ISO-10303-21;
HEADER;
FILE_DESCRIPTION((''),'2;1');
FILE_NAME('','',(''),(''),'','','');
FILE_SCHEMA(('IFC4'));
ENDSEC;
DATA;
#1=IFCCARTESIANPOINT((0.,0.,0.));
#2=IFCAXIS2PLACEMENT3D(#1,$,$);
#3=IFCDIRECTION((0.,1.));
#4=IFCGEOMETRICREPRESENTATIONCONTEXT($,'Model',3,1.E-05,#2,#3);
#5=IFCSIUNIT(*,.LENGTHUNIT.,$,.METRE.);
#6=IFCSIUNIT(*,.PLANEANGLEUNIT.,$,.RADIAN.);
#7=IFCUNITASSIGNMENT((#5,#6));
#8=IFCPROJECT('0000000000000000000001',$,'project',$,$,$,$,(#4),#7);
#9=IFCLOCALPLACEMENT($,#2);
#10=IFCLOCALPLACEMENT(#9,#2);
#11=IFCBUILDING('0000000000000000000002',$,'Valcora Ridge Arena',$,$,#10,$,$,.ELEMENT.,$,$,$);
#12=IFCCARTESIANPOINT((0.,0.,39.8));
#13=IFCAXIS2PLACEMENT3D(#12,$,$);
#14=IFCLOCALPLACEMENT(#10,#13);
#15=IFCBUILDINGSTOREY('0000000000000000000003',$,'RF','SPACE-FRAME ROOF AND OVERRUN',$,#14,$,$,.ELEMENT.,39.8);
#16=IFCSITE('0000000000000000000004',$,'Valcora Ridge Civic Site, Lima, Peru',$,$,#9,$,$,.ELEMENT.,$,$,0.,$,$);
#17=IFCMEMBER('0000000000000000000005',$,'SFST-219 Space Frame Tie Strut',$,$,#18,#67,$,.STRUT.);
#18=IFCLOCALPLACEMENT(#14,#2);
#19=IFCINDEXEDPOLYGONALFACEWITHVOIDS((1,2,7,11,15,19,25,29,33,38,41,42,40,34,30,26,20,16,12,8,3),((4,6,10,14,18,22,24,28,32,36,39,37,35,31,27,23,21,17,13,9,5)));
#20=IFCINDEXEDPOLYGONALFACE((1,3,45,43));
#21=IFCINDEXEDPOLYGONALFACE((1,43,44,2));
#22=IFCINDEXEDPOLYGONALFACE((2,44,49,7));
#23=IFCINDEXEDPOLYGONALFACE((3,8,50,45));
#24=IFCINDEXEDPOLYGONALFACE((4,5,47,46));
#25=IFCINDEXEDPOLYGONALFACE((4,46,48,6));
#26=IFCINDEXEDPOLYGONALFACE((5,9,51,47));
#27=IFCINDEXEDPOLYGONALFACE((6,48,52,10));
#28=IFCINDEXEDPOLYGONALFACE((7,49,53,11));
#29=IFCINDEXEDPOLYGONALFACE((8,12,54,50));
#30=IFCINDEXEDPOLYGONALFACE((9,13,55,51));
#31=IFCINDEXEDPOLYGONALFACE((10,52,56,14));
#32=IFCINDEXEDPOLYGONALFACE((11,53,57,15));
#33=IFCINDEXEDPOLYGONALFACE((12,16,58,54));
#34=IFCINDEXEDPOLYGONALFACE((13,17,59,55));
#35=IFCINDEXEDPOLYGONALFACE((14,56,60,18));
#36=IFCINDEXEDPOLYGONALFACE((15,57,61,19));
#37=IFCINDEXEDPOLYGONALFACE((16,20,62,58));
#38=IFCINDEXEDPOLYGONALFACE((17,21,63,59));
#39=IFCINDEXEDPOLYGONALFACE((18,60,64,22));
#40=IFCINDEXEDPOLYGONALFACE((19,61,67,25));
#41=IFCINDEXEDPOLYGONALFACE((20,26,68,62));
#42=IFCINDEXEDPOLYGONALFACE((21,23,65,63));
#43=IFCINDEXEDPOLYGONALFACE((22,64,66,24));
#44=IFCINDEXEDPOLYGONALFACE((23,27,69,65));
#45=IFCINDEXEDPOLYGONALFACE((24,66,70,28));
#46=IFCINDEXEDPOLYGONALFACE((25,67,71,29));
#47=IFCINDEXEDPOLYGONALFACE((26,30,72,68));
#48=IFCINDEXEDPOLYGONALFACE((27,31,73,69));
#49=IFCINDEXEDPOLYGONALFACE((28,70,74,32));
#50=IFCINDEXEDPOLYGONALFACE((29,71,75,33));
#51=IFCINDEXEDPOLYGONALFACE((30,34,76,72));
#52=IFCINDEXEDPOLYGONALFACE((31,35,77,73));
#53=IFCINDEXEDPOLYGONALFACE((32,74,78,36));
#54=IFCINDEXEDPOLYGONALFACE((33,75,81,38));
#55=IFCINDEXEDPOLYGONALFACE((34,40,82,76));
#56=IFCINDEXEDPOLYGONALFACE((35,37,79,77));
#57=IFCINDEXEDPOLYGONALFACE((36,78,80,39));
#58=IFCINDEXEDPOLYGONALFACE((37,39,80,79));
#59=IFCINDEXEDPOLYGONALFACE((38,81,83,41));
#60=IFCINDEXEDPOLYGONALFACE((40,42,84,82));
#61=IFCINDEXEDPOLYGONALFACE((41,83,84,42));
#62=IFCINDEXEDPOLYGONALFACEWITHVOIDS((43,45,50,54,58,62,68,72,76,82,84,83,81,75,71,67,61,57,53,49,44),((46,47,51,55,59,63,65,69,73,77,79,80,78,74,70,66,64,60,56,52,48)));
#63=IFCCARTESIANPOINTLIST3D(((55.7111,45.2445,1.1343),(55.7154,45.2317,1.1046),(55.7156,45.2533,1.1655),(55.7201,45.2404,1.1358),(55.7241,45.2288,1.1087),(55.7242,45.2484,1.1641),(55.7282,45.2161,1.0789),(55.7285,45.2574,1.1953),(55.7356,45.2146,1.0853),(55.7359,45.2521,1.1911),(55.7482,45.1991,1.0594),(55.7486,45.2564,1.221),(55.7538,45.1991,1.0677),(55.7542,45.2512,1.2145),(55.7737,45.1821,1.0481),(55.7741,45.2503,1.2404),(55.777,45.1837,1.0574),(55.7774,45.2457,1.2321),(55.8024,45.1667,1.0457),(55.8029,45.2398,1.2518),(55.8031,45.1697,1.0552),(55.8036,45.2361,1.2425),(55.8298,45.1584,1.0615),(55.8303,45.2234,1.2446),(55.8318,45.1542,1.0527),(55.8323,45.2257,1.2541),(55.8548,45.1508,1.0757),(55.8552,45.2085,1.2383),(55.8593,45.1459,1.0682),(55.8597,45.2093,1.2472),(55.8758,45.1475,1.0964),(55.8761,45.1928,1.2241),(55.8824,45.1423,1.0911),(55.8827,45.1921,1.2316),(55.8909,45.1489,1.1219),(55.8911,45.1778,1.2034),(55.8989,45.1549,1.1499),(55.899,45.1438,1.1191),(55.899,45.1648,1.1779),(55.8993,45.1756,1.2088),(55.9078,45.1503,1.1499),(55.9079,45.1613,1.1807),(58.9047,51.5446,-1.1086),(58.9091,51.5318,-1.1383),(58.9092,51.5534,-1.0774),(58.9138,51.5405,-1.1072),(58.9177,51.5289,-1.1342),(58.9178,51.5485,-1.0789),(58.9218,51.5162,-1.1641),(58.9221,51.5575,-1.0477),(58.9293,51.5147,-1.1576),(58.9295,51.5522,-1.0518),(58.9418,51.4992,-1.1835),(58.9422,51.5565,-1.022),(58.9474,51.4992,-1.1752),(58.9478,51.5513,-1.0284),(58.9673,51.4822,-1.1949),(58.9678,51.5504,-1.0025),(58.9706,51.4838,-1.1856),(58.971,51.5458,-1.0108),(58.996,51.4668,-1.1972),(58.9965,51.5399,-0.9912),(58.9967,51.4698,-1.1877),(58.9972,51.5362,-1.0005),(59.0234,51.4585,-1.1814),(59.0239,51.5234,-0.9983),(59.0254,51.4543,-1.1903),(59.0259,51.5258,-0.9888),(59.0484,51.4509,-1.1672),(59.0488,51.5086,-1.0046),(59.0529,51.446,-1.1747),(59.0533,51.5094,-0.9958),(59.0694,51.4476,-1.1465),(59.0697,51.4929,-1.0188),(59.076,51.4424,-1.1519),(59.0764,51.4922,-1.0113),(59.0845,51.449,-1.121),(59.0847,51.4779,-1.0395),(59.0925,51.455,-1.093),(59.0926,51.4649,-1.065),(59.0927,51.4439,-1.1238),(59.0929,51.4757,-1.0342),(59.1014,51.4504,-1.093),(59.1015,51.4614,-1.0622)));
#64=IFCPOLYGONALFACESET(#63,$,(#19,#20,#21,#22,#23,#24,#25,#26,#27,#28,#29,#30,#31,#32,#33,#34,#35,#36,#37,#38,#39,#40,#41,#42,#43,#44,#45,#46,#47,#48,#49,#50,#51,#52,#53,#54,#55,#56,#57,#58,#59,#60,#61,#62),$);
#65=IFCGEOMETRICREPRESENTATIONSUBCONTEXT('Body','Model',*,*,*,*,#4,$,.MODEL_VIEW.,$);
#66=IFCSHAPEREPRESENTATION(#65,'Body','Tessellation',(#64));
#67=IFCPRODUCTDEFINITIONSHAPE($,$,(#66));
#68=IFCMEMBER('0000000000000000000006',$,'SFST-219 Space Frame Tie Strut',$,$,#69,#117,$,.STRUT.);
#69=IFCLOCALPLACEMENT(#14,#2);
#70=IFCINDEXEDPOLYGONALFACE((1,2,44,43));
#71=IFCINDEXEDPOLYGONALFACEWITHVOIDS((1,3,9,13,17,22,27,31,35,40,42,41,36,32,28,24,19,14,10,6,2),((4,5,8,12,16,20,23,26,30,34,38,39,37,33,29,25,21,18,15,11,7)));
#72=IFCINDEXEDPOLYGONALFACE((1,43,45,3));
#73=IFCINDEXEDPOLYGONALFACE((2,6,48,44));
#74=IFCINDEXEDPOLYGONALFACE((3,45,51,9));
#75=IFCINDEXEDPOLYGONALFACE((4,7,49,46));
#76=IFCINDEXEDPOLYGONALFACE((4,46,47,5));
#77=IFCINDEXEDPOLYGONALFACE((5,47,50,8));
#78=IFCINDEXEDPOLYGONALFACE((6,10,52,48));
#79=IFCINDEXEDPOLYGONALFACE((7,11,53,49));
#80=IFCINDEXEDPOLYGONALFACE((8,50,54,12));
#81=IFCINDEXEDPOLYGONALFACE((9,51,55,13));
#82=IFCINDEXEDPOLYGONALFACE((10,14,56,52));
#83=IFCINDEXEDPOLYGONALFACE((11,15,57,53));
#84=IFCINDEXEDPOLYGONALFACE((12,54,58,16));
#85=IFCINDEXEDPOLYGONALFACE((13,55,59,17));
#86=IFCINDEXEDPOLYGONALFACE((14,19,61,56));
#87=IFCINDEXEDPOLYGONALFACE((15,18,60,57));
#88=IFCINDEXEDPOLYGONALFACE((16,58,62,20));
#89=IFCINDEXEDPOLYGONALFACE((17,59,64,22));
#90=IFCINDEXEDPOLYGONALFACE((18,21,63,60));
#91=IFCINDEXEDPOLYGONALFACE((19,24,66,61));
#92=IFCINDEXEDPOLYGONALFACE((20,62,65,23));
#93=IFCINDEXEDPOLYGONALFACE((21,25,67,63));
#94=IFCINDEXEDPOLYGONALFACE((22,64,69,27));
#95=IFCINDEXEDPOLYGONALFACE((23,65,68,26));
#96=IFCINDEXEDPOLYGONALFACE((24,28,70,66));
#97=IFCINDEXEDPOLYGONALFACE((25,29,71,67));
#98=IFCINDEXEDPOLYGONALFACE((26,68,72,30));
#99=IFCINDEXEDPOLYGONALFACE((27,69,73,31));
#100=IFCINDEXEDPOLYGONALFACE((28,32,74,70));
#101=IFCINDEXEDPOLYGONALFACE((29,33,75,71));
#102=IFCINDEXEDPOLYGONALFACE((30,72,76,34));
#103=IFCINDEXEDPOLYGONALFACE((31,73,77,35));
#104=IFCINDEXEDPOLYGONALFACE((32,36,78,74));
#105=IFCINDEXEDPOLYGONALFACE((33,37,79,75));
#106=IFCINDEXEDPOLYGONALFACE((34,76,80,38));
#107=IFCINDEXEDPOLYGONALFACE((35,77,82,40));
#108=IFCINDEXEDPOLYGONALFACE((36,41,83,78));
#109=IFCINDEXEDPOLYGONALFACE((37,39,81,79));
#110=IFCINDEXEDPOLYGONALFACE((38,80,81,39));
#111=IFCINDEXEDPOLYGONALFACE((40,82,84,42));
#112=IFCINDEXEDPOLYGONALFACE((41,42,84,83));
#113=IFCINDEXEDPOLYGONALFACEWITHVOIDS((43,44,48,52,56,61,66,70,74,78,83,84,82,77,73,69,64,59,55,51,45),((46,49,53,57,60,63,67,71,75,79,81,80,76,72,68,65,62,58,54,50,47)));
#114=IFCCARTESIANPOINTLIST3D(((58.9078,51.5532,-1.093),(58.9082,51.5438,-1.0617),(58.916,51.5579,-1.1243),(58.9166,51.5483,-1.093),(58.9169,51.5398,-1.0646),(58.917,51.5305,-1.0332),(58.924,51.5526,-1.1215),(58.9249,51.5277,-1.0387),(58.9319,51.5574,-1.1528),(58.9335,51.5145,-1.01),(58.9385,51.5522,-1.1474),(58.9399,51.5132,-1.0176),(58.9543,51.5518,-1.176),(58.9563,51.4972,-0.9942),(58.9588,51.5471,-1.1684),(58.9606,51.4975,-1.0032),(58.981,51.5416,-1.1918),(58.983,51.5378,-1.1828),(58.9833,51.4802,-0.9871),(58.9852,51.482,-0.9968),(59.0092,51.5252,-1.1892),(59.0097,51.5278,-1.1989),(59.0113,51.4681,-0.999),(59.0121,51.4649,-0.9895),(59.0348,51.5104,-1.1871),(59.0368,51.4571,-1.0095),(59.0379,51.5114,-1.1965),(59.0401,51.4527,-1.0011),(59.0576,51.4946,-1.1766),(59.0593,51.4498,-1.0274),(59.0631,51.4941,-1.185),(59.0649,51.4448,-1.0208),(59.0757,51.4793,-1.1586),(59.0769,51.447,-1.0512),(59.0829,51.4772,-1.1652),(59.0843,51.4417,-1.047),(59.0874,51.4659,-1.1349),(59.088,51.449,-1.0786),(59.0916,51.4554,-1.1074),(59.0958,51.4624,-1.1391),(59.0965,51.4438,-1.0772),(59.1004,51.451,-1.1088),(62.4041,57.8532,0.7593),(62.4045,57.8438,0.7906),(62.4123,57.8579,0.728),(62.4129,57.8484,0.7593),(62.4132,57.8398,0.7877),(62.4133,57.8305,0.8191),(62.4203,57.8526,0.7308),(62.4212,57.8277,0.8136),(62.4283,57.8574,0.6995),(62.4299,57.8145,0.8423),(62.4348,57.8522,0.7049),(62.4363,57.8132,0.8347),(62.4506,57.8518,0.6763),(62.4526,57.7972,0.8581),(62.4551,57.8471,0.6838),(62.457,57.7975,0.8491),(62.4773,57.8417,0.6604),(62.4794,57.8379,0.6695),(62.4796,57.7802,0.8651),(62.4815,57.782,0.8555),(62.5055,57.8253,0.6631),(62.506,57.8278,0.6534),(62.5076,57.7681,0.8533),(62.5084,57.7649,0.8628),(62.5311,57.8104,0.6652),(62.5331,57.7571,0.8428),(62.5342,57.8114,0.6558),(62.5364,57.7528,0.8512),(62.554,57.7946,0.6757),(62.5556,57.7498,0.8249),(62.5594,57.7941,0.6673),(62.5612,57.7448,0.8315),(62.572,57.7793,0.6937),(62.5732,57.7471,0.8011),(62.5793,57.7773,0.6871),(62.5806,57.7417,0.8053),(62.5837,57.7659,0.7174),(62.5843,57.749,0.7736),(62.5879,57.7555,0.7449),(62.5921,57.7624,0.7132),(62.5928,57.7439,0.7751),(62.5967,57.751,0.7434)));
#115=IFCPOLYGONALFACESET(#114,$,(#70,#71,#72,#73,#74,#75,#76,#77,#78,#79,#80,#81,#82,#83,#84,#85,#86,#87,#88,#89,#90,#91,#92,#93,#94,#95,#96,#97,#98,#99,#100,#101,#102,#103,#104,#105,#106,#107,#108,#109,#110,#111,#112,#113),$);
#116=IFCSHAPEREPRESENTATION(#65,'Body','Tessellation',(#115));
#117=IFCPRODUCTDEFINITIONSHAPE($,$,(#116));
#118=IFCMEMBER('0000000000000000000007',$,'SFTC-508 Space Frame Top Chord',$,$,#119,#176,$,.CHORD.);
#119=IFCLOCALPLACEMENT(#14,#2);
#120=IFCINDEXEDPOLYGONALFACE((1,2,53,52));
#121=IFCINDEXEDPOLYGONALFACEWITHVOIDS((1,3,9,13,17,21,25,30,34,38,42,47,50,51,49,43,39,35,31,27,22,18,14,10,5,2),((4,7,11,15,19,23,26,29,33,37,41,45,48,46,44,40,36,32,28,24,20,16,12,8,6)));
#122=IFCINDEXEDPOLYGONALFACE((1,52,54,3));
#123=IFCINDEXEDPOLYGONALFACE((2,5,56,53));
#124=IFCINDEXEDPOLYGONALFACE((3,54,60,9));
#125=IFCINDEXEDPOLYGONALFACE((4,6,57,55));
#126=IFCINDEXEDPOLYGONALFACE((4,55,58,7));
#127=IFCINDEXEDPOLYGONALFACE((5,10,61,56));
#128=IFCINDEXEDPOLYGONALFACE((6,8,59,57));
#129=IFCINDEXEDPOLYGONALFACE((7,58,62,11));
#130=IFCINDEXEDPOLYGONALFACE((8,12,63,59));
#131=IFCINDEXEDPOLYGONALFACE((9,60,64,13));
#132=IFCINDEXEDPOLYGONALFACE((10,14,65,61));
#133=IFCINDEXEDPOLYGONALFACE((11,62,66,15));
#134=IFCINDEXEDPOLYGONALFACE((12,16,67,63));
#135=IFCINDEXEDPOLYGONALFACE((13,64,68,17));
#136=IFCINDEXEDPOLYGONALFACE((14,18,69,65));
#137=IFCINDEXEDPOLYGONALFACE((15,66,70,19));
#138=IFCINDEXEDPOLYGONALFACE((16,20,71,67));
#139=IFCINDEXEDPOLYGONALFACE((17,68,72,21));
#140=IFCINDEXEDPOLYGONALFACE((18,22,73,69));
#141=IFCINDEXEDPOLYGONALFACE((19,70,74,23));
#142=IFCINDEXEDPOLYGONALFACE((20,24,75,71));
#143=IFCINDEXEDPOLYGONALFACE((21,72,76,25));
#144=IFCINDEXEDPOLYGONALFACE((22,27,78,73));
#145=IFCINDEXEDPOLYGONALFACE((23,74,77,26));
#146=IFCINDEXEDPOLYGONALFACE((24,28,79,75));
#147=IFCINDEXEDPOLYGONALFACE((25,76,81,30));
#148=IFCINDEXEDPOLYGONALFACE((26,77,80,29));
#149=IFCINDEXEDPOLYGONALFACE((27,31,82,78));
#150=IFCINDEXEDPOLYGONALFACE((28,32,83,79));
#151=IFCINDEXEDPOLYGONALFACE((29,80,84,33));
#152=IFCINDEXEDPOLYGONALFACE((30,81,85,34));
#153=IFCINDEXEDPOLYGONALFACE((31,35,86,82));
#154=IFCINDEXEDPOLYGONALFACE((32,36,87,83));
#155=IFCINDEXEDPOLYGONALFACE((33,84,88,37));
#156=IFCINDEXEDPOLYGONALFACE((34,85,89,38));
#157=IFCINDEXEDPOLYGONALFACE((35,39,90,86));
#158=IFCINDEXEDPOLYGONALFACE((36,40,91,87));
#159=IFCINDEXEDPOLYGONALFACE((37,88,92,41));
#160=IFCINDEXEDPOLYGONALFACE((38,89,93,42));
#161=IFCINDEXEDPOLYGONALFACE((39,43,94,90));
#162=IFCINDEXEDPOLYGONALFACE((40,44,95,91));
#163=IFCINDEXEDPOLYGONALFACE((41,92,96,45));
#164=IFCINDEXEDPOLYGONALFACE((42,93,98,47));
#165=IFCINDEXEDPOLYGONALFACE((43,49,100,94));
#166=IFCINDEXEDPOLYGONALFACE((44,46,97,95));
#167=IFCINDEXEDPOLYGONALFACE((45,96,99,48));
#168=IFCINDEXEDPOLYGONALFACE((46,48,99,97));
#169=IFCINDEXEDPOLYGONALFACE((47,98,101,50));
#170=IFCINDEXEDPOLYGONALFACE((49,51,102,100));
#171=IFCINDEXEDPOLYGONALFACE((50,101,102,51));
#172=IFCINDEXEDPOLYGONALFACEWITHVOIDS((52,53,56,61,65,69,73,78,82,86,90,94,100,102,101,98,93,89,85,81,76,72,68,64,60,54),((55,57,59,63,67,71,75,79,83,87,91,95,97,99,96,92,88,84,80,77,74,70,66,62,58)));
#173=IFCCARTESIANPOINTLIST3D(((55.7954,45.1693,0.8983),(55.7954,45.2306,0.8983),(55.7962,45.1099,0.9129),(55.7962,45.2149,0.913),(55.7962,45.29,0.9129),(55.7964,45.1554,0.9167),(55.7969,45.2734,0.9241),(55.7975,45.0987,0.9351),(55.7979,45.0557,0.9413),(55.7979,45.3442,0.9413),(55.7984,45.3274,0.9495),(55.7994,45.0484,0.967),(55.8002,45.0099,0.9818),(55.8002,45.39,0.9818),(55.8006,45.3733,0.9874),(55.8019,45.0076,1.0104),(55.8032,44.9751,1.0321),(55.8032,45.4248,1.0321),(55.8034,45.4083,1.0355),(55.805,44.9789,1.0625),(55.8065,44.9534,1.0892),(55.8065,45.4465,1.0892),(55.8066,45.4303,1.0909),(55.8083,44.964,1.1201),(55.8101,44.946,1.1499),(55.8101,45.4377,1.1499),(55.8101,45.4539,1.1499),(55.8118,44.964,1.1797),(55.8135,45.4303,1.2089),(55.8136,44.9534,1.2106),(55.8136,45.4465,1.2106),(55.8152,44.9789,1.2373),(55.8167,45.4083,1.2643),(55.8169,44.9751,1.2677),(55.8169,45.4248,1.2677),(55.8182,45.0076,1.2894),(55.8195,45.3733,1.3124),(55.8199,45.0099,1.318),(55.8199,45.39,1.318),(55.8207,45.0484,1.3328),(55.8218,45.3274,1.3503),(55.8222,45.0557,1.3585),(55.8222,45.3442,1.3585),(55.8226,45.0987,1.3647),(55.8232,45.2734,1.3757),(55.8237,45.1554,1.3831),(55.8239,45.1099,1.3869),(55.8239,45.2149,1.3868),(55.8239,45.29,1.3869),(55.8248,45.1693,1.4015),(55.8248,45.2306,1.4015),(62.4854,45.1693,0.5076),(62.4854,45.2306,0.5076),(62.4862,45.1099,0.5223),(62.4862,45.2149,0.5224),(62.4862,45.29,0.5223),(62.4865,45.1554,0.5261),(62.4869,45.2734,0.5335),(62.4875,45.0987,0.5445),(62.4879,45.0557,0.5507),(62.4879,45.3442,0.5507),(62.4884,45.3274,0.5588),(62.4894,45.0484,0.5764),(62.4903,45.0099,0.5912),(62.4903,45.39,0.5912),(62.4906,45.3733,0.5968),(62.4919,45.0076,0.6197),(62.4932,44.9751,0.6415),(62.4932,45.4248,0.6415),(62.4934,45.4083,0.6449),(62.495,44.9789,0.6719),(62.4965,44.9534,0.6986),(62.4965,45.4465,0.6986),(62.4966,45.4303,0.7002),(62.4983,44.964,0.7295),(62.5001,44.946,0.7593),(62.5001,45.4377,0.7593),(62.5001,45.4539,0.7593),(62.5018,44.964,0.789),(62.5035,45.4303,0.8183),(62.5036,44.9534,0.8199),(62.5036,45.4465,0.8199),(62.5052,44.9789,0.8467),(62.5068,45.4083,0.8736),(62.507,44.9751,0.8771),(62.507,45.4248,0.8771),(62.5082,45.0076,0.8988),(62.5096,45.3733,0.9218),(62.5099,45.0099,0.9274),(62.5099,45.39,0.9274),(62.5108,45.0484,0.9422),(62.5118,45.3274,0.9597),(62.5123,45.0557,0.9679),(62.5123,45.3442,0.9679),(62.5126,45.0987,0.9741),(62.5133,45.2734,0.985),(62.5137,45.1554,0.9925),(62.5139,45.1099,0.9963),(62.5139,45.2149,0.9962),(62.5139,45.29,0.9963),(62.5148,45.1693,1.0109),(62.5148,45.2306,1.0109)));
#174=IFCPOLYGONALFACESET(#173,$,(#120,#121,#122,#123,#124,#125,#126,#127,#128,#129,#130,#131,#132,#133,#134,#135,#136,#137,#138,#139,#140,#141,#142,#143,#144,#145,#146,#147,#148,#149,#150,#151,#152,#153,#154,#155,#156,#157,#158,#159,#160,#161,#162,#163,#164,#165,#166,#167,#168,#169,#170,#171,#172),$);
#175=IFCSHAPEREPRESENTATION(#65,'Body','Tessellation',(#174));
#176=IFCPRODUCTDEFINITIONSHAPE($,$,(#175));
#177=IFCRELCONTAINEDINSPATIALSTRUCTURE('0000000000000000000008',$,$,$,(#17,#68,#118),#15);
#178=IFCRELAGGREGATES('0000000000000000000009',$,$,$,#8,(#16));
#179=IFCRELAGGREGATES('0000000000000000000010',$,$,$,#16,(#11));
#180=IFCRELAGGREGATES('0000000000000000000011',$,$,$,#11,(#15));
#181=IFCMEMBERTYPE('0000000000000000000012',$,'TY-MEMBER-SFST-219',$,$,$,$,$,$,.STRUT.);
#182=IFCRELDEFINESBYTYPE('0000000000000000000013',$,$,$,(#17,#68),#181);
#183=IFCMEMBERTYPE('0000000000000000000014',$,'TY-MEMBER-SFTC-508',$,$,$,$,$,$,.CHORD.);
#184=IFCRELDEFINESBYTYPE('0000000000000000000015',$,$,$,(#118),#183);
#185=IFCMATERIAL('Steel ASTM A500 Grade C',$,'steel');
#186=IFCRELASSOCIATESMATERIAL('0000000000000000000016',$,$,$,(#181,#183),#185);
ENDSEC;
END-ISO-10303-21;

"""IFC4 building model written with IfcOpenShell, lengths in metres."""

from ifc_helpers import new_model, si_unit, direction, frame, origin, origin_2d, place, context, subcontext, project, spatial, hollow_circle, extrude, material, material_profile, profile_set, type_object, element, save


model = new_model("IFC4")

# Units and contexts
model_context = context("Model", 3, precision=1e-05, world=origin(), true_north=direction((0.0, 1.0)))
body_context = subcontext(model_context, "Body", "Model", "MODEL_VIEW")
ifc_project = project(units=[si_unit("LENGTHUNIT", "METRE"), si_unit("PLANEANGLEUNIT", "RADIAN")], contexts=[model_context])

# Site, building, storey
site_placement = place(None, origin())
site = spatial("IfcSite", under=ifc_project, at=site_placement, Name="Valcora Ridge Civic Site, Lima, Peru", CompositionType="ELEMENT", RefElevation=0.0)
building_placement = place(site_placement, origin())
building = spatial("IfcBuilding", under=site, at=building_placement, Name="Valcora Ridge Arena", CompositionType="ELEMENT")
storey_placement = place(building_placement, frame((0.0, 0.0, 39.8)))
storey = spatial("IfcBuildingStorey", under=building, at=storey_placement, Name="RF", Description="SPACE-FRAME ROOF AND OVERRUN", CompositionType="ELEMENT", Elevation=39.8)

# Members
ifc_material_1 = material(Name="Steel ASTM A500 Grade C", Category="steel")
ifc_material_profile_1 = material_profile(ifc_material_1, hollow_circle(Radius=0.1096, WallThickness=0.01, at=origin_2d()), Name="CHS219X10")
ifc_profile_set_1 = profile_set([ifc_material_profile_1], Name="Steel ASTM A500 Grade C")
member_type_1 = type_object("IfcMemberType", Name="TY-MEMBER-SFST-219", PredefinedType="STRUT", material=ifc_profile_set_1)
member_1_placement = place(storey_placement, frame((59.0037, 51.5, -1.093), z_axis=(-0.430937, -0.850114, 0.302654), x_axis=(0.891946, -0.452143, 0.0)))
element("IfcMember", 1, at=member_1_placement, inside=storey, type_object=member_type_1, Name="SFST-219 Space Frame Tie Strut", PredefinedType="STRUT", context=body_context, shape_type="SweptSolid", body=[
    extrude(hollow_circle(Radius=0.1096, WallThickness=0.01, at=origin_2d()), origin(), (0.0, 0.0, 1.0), 7.4109),
])
member_2_placement = place(storey_placement, frame((59.0037, 51.5, -1.093), z_axis=(0.46997, 0.846839, 0.248981), x_axis=(-0.874375, 0.485252, 0.0)))
element("IfcMember", 2, at=member_2_placement, inside=storey, type_object=member_type_1, Name="SFST-219 Space Frame Tie Strut", PredefinedType="STRUT", context=body_context, shape_type="SweptSolid", body=[
    extrude(hollow_circle(Radius=0.1096, WallThickness=0.01, at=origin_2d()), origin(), (0.0, 0.0, 1.0), 7.4395),
])
ifc_material_profile_2 = material_profile(ifc_material_1, hollow_circle(Radius=0.2539, WallThickness=0.0161, at=origin_2d()), Name="CHS508X16")
ifc_profile_set_2 = profile_set([ifc_material_profile_2], Name="Steel ASTM A500 Grade C")
member_type_2 = type_object("IfcMemberType", Name="TY-MEMBER-SFTC-508", PredefinedType="CHORD", material=ifc_profile_set_2)
member_3_placement = place(storey_placement, frame((55.8101, 45.2, 1.1499), z_axis=(0.9983, 0.0, -0.058291), x_axis=(0.0, 1.0, 0.0)))
element("IfcMember", 3, at=member_3_placement, inside=storey, type_object=member_type_2, Name="SFTC-508 Space Frame Top Chord", PredefinedType="CHORD", context=body_context, shape_type="SweptSolid", body=[
    extrude(hollow_circle(Radius=0.2539, WallThickness=0.0161, at=origin_2d()), origin(), (0.0, 0.0, 1.0), 6.7014),
])

save(model, "model.ifc")
